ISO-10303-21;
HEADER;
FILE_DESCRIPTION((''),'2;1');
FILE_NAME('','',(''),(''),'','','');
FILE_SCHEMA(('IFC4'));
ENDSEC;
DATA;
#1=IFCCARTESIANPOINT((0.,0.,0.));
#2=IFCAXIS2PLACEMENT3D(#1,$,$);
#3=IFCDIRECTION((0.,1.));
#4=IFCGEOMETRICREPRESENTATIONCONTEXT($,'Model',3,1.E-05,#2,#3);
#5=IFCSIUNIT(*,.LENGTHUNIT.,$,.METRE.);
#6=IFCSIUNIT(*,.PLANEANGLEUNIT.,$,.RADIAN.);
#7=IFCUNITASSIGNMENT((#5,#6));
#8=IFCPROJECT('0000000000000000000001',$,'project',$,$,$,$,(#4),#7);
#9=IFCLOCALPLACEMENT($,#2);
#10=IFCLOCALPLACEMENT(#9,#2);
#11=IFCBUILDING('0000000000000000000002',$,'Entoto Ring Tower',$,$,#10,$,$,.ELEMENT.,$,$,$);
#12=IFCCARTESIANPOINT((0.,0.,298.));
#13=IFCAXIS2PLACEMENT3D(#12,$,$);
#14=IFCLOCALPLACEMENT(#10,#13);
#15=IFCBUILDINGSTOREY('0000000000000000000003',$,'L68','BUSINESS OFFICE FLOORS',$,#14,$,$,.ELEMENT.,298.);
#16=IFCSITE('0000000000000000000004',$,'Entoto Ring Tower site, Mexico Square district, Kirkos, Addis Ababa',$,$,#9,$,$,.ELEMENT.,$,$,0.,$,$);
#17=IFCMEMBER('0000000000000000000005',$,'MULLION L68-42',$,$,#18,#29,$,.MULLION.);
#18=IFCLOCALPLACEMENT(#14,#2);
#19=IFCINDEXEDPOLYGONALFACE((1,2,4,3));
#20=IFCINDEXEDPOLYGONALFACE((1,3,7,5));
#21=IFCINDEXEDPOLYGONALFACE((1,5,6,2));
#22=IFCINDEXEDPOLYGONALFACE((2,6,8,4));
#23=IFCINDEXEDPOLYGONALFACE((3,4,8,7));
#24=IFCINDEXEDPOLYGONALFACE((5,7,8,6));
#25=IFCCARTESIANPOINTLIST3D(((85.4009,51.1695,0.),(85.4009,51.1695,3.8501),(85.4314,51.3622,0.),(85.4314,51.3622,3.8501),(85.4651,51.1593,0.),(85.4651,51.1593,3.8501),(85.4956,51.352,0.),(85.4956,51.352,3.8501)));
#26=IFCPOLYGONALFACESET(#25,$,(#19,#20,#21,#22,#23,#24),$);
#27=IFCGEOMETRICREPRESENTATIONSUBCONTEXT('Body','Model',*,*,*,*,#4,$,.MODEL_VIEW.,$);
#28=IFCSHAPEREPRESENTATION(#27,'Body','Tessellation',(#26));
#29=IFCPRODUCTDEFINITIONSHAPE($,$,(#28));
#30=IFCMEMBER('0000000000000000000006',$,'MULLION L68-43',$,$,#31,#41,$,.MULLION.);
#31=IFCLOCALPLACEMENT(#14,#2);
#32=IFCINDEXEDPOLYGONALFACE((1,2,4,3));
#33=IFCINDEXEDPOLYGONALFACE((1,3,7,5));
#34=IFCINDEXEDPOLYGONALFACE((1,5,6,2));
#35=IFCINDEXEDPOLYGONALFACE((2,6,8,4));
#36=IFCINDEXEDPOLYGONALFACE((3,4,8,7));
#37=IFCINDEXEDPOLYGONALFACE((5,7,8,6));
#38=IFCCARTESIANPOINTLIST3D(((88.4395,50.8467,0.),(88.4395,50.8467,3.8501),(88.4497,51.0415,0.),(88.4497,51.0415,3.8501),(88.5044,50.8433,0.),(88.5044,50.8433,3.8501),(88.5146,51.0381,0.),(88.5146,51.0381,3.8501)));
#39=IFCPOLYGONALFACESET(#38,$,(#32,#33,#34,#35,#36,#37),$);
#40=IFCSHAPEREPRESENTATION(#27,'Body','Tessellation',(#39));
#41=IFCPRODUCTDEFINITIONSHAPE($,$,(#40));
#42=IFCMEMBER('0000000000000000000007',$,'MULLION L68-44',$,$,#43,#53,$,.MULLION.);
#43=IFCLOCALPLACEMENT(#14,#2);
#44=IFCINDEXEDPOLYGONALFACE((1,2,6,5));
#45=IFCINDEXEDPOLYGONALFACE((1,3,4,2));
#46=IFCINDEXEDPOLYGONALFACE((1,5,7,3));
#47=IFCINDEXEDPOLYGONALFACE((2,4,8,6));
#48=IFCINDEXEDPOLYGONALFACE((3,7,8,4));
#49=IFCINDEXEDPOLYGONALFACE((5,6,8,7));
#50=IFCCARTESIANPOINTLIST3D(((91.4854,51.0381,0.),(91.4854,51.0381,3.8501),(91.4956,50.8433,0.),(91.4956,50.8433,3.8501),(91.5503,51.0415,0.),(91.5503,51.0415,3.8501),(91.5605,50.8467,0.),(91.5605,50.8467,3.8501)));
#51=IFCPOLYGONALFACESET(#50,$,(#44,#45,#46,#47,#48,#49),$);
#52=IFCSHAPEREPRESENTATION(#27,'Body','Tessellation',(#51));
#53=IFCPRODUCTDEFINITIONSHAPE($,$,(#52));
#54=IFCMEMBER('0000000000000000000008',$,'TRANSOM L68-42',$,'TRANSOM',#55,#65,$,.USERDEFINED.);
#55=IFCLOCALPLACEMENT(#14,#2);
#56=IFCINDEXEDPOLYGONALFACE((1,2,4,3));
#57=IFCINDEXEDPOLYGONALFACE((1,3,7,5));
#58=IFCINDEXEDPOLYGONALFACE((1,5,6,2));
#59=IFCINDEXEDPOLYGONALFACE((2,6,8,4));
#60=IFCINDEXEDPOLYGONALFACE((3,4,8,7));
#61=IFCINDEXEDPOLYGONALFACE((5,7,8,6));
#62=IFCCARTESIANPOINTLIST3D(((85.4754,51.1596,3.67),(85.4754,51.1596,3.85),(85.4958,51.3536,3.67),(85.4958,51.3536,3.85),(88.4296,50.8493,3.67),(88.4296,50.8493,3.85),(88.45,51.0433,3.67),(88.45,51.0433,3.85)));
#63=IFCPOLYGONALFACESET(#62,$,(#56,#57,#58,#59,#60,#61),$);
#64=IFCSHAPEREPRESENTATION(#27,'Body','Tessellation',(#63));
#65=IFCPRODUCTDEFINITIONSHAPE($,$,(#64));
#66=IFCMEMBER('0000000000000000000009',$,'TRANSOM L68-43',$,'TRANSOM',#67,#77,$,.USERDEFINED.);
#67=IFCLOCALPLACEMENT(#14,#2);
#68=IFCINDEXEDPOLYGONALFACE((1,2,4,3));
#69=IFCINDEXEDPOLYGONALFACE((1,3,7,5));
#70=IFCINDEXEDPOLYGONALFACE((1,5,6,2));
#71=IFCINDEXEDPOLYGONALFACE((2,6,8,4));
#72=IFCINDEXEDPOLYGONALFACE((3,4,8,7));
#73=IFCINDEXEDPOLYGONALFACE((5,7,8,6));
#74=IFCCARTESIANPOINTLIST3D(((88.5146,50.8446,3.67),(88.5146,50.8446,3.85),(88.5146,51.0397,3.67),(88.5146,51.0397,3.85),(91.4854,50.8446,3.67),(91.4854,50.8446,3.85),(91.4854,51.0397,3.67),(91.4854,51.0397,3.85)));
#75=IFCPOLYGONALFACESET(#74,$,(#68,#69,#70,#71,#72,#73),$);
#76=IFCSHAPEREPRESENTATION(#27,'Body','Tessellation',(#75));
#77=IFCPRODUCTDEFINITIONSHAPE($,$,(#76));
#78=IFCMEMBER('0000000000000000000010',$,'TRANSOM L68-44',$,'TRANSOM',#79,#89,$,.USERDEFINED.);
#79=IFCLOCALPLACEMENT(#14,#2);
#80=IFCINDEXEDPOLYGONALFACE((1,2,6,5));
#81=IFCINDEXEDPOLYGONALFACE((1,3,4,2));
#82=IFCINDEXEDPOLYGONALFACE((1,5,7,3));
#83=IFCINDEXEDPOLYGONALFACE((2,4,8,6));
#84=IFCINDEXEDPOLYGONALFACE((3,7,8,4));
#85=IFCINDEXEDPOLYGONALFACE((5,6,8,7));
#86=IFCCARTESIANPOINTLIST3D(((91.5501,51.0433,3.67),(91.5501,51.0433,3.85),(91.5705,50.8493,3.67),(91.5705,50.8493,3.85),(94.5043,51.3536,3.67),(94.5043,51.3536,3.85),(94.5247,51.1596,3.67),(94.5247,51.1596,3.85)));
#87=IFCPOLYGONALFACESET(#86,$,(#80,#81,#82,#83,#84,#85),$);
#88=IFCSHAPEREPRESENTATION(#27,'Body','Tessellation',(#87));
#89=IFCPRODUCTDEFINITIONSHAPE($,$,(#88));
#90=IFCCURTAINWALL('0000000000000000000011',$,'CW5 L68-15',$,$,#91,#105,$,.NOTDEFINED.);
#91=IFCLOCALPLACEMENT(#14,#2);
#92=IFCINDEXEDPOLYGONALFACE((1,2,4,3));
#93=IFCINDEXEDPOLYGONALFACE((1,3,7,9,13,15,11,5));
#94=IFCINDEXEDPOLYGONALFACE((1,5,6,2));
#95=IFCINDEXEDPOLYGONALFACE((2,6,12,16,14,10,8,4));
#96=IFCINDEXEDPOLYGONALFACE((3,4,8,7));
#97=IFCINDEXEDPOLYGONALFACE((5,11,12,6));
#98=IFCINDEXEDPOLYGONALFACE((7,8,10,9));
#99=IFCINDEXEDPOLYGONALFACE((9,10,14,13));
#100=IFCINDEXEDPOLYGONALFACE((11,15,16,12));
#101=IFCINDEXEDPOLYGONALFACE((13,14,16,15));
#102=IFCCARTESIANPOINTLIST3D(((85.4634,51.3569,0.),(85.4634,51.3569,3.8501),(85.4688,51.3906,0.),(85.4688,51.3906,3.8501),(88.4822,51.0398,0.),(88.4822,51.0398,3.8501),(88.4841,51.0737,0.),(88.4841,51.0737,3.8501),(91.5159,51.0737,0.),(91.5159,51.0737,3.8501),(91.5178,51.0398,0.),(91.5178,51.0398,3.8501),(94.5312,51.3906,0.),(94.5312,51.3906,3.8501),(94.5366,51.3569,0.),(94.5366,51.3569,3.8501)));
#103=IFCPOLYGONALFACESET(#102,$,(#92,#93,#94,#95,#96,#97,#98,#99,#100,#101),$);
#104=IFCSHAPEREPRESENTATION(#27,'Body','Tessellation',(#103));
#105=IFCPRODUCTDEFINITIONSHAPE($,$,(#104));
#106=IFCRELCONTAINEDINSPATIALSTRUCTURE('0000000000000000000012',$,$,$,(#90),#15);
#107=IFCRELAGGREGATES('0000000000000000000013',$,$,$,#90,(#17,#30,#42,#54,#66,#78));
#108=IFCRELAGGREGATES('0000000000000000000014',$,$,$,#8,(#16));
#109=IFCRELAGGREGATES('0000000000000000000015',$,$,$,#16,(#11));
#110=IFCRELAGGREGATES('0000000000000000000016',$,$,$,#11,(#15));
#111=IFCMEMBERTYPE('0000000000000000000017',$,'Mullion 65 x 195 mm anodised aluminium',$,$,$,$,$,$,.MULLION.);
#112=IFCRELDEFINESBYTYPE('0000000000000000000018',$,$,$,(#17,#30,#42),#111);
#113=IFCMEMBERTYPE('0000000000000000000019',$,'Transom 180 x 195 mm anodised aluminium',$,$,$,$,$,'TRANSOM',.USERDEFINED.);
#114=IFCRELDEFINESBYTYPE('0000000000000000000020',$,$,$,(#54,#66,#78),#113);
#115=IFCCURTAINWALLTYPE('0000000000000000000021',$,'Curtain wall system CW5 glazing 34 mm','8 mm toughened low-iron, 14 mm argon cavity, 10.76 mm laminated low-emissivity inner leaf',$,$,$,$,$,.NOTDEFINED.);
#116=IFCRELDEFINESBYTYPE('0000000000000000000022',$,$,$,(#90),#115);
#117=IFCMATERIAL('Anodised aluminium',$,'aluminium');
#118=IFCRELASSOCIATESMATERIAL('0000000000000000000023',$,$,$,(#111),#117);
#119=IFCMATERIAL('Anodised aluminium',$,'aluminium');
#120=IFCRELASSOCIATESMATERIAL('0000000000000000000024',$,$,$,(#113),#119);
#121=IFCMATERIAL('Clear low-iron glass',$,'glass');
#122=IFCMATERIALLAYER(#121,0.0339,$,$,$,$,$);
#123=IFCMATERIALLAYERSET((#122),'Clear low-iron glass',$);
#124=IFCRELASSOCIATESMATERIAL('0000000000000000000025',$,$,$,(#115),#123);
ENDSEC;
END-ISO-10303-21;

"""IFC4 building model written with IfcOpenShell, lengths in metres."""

from ifc_helpers import new_model, si_unit, direction, frame, origin, origin_2d, place, context, subcontext, project, spatial, polyline, rectangle, outline, extrude, material, layer, layer_set, material_profile, profile_set, type_object, element, aggregate, save


model = new_model("IFC4")

# Units and contexts
model_context = context("Model", 3, precision=1e-05, world=origin(), true_north=direction((0.0, 1.0)))
body_context = subcontext(model_context, "Body", "Model", "MODEL_VIEW")
ifc_project = project(units=[si_unit("LENGTHUNIT", "METRE"), si_unit("PLANEANGLEUNIT", "RADIAN")], contexts=[model_context])

# Members
ifc_material_1 = material(Name="Anodised aluminium", Category="aluminium")
ifc_material_profile_1 = material_profile(ifc_material_1, rectangle(XDim=0.0649, YDim=0.1951, at=origin_2d()), Name="Mullion 65 x 195 mm anodised aluminium")
ifc_profile_set_1 = profile_set([ifc_material_profile_1], Name="Anodised aluminium")
member_type_1 = type_object("IfcMemberType", Name="Mullion 65 x 195 mm anodised aluminium", PredefinedType="MULLION", material=ifc_profile_set_1)
site_placement = place(None, origin())
building_placement = place(site_placement, origin())
storey_placement = place(building_placement, frame((0.0, 0.0, 298.0)))
member_1_placement = place(storey_placement, frame((85.4482, 51.2607, 0.0), z_axis=(0.0, 0.0, 1.0), x_axis=(0.987688, -0.156434, 0.0)))
member_1 = element("IfcMember", 1, at=member_1_placement, type_object=member_type_1, Name="MULLION L68-42", PredefinedType="MULLION", context=body_context, shape_type="SweptSolid", body=[
    extrude(rectangle(XDim=0.0649, YDim=0.1951, at=origin_2d()), origin(), (0.0, 0.0, 1.0), 3.8501),
])
member_2_placement = place(storey_placement, frame((88.4771, 50.9424, 0.0), z_axis=(0.0, 0.0, 1.0), x_axis=(0.99863, -0.052336, 0.0)))
member_2 = element("IfcMember", 2, at=member_2_placement, type_object=member_type_1, Name="MULLION L68-43", PredefinedType="MULLION", context=body_context, shape_type="SweptSolid", body=[
    extrude(rectangle(XDim=0.0649, YDim=0.1951, at=origin_2d()), origin(), (0.0, 0.0, 1.0), 3.8501),
])
member_3_placement = place(storey_placement, frame((91.5229, 50.9424, 0.0), z_axis=(0.0, 0.0, 1.0), x_axis=(0.99863, 0.052336, 0.0)))
member_3 = element("IfcMember", 3, at=member_3_placement, type_object=member_type_1, Name="MULLION L68-44", PredefinedType="MULLION", context=body_context, shape_type="SweptSolid", body=[
    extrude(rectangle(XDim=0.0649, YDim=0.1951, at=origin_2d()), origin(), (0.0, 0.0, 1.0), 3.8501),
])
ifc_material_2 = material(Name="Anodised aluminium", Category="aluminium")
ifc_material_profile_2 = material_profile(ifc_material_2, rectangle(XDim=0.1951, YDim=0.1799, at=origin_2d()), Name="Transom 180 x 195 mm anodised aluminium")
ifc_profile_set_2 = profile_set([ifc_material_profile_2], Name="Anodised aluminium")
member_type_2 = type_object("IfcMemberType", Name="Transom 180 x 195 mm anodised aluminium", ElementType="TRANSOM", PredefinedType="USERDEFINED", material=ifc_profile_set_2)
member_4_placement = place(storey_placement, frame((85.4856, 51.2566, 3.76), z_axis=(0.994528, -0.104467, 0.0), x_axis=(0.104467, 0.994528, 0.0)))
member_4 = element("IfcMember", 4, at=member_4_placement, type_object=member_type_2, Name="TRANSOM L68-42", ObjectType="TRANSOM", PredefinedType="USERDEFINED", context=body_context, shape_type="SweptSolid", body=[
    extrude(rectangle(XDim=0.1951, YDim=0.1799, at=origin_2d()), origin(), (0.0, 0.0, 1.0), 2.9705),
])
member_5_placement = place(storey_placement, frame((88.5146, 50.9421, 3.76), z_axis=(1.0, 0.0, 0.0), x_axis=(0.0, 1.0, 0.0)))
member_5 = element("IfcMember", 5, at=member_5_placement, type_object=member_type_2, Name="TRANSOM L68-43", ObjectType="TRANSOM", PredefinedType="USERDEFINED", context=body_context, shape_type="SweptSolid", body=[
    extrude(rectangle(XDim=0.1951, YDim=0.1799, at=origin_2d()), origin(), (0.0, 0.0, 1.0), 2.9707),
])
member_6_placement = place(storey_placement, frame((91.5603, 50.9463, 3.76), z_axis=(0.994528, 0.104467, 0.0), x_axis=(-0.104467, 0.994528, 0.0)))
member_6 = element("IfcMember", 6, at=member_6_placement, type_object=member_type_2, Name="TRANSOM L68-44", ObjectType="TRANSOM", PredefinedType="USERDEFINED", context=body_context, shape_type="SweptSolid", body=[
    extrude(rectangle(XDim=0.1951, YDim=0.1799, at=origin_2d()), origin(), (0.0, 0.0, 1.0), 2.9705),
])

# Site, building, storey
site = spatial("IfcSite", under=ifc_project, at=site_placement, Name="Entoto Ring Tower site, Mexico Square district, Kirkos, Addis Ababa", CompositionType="ELEMENT", RefElevation=0.0)
building = spatial("IfcBuilding", under=site, at=building_placement, Name="Entoto Ring Tower", CompositionType="ELEMENT")
storey = spatial("IfcBuildingStorey", under=building, at=storey_placement, Name="L68", Description="BUSINESS OFFICE FLOORS", CompositionType="ELEMENT", Elevation=298.0)

# Curtain wall
ifc_material_3 = material(Name="Clear low-iron glass", Category="glass")
ifc_layer = layer(ifc_material_3, 0.0339)
ifc_layer_set = layer_set([ifc_layer], Name="Clear low-iron glass")
curtain_wall_type = type_object("IfcCurtainWallType", Name="Curtain wall system CW5 glazing 34 mm", Description="8 mm toughened low-iron, 14 mm argon cavity, 10.76 mm laminated low-emissivity inner leaf", PredefinedType="NOTDEFINED", material=ifc_layer_set)
curtain_wall_1_placement = place(storey_placement, origin())
curtain_wall_1 = element("IfcCurtainWall", 7, at=curtain_wall_1_placement, inside=storey, type_object=curtain_wall_type, Name="CW5 L68-15", PredefinedType="NOTDEFINED", context=body_context, shape_type="SweptSolid", body=[
    extrude(outline(polyline([(85.4634, 51.3569), (88.4822, 51.0398), (91.5178, 51.0398), (94.5366, 51.3569), (94.5312, 51.3906), (91.5159, 51.0737), (88.4841, 51.0737), (85.4688, 51.3906), (85.4634, 51.3569)])), origin(), (0.0, 0.0, 1.0), 3.8501),
])
aggregate(curtain_wall_1, [member_1, member_2, member_3, member_4, member_5, member_6])

save(model, "model.ifc")
